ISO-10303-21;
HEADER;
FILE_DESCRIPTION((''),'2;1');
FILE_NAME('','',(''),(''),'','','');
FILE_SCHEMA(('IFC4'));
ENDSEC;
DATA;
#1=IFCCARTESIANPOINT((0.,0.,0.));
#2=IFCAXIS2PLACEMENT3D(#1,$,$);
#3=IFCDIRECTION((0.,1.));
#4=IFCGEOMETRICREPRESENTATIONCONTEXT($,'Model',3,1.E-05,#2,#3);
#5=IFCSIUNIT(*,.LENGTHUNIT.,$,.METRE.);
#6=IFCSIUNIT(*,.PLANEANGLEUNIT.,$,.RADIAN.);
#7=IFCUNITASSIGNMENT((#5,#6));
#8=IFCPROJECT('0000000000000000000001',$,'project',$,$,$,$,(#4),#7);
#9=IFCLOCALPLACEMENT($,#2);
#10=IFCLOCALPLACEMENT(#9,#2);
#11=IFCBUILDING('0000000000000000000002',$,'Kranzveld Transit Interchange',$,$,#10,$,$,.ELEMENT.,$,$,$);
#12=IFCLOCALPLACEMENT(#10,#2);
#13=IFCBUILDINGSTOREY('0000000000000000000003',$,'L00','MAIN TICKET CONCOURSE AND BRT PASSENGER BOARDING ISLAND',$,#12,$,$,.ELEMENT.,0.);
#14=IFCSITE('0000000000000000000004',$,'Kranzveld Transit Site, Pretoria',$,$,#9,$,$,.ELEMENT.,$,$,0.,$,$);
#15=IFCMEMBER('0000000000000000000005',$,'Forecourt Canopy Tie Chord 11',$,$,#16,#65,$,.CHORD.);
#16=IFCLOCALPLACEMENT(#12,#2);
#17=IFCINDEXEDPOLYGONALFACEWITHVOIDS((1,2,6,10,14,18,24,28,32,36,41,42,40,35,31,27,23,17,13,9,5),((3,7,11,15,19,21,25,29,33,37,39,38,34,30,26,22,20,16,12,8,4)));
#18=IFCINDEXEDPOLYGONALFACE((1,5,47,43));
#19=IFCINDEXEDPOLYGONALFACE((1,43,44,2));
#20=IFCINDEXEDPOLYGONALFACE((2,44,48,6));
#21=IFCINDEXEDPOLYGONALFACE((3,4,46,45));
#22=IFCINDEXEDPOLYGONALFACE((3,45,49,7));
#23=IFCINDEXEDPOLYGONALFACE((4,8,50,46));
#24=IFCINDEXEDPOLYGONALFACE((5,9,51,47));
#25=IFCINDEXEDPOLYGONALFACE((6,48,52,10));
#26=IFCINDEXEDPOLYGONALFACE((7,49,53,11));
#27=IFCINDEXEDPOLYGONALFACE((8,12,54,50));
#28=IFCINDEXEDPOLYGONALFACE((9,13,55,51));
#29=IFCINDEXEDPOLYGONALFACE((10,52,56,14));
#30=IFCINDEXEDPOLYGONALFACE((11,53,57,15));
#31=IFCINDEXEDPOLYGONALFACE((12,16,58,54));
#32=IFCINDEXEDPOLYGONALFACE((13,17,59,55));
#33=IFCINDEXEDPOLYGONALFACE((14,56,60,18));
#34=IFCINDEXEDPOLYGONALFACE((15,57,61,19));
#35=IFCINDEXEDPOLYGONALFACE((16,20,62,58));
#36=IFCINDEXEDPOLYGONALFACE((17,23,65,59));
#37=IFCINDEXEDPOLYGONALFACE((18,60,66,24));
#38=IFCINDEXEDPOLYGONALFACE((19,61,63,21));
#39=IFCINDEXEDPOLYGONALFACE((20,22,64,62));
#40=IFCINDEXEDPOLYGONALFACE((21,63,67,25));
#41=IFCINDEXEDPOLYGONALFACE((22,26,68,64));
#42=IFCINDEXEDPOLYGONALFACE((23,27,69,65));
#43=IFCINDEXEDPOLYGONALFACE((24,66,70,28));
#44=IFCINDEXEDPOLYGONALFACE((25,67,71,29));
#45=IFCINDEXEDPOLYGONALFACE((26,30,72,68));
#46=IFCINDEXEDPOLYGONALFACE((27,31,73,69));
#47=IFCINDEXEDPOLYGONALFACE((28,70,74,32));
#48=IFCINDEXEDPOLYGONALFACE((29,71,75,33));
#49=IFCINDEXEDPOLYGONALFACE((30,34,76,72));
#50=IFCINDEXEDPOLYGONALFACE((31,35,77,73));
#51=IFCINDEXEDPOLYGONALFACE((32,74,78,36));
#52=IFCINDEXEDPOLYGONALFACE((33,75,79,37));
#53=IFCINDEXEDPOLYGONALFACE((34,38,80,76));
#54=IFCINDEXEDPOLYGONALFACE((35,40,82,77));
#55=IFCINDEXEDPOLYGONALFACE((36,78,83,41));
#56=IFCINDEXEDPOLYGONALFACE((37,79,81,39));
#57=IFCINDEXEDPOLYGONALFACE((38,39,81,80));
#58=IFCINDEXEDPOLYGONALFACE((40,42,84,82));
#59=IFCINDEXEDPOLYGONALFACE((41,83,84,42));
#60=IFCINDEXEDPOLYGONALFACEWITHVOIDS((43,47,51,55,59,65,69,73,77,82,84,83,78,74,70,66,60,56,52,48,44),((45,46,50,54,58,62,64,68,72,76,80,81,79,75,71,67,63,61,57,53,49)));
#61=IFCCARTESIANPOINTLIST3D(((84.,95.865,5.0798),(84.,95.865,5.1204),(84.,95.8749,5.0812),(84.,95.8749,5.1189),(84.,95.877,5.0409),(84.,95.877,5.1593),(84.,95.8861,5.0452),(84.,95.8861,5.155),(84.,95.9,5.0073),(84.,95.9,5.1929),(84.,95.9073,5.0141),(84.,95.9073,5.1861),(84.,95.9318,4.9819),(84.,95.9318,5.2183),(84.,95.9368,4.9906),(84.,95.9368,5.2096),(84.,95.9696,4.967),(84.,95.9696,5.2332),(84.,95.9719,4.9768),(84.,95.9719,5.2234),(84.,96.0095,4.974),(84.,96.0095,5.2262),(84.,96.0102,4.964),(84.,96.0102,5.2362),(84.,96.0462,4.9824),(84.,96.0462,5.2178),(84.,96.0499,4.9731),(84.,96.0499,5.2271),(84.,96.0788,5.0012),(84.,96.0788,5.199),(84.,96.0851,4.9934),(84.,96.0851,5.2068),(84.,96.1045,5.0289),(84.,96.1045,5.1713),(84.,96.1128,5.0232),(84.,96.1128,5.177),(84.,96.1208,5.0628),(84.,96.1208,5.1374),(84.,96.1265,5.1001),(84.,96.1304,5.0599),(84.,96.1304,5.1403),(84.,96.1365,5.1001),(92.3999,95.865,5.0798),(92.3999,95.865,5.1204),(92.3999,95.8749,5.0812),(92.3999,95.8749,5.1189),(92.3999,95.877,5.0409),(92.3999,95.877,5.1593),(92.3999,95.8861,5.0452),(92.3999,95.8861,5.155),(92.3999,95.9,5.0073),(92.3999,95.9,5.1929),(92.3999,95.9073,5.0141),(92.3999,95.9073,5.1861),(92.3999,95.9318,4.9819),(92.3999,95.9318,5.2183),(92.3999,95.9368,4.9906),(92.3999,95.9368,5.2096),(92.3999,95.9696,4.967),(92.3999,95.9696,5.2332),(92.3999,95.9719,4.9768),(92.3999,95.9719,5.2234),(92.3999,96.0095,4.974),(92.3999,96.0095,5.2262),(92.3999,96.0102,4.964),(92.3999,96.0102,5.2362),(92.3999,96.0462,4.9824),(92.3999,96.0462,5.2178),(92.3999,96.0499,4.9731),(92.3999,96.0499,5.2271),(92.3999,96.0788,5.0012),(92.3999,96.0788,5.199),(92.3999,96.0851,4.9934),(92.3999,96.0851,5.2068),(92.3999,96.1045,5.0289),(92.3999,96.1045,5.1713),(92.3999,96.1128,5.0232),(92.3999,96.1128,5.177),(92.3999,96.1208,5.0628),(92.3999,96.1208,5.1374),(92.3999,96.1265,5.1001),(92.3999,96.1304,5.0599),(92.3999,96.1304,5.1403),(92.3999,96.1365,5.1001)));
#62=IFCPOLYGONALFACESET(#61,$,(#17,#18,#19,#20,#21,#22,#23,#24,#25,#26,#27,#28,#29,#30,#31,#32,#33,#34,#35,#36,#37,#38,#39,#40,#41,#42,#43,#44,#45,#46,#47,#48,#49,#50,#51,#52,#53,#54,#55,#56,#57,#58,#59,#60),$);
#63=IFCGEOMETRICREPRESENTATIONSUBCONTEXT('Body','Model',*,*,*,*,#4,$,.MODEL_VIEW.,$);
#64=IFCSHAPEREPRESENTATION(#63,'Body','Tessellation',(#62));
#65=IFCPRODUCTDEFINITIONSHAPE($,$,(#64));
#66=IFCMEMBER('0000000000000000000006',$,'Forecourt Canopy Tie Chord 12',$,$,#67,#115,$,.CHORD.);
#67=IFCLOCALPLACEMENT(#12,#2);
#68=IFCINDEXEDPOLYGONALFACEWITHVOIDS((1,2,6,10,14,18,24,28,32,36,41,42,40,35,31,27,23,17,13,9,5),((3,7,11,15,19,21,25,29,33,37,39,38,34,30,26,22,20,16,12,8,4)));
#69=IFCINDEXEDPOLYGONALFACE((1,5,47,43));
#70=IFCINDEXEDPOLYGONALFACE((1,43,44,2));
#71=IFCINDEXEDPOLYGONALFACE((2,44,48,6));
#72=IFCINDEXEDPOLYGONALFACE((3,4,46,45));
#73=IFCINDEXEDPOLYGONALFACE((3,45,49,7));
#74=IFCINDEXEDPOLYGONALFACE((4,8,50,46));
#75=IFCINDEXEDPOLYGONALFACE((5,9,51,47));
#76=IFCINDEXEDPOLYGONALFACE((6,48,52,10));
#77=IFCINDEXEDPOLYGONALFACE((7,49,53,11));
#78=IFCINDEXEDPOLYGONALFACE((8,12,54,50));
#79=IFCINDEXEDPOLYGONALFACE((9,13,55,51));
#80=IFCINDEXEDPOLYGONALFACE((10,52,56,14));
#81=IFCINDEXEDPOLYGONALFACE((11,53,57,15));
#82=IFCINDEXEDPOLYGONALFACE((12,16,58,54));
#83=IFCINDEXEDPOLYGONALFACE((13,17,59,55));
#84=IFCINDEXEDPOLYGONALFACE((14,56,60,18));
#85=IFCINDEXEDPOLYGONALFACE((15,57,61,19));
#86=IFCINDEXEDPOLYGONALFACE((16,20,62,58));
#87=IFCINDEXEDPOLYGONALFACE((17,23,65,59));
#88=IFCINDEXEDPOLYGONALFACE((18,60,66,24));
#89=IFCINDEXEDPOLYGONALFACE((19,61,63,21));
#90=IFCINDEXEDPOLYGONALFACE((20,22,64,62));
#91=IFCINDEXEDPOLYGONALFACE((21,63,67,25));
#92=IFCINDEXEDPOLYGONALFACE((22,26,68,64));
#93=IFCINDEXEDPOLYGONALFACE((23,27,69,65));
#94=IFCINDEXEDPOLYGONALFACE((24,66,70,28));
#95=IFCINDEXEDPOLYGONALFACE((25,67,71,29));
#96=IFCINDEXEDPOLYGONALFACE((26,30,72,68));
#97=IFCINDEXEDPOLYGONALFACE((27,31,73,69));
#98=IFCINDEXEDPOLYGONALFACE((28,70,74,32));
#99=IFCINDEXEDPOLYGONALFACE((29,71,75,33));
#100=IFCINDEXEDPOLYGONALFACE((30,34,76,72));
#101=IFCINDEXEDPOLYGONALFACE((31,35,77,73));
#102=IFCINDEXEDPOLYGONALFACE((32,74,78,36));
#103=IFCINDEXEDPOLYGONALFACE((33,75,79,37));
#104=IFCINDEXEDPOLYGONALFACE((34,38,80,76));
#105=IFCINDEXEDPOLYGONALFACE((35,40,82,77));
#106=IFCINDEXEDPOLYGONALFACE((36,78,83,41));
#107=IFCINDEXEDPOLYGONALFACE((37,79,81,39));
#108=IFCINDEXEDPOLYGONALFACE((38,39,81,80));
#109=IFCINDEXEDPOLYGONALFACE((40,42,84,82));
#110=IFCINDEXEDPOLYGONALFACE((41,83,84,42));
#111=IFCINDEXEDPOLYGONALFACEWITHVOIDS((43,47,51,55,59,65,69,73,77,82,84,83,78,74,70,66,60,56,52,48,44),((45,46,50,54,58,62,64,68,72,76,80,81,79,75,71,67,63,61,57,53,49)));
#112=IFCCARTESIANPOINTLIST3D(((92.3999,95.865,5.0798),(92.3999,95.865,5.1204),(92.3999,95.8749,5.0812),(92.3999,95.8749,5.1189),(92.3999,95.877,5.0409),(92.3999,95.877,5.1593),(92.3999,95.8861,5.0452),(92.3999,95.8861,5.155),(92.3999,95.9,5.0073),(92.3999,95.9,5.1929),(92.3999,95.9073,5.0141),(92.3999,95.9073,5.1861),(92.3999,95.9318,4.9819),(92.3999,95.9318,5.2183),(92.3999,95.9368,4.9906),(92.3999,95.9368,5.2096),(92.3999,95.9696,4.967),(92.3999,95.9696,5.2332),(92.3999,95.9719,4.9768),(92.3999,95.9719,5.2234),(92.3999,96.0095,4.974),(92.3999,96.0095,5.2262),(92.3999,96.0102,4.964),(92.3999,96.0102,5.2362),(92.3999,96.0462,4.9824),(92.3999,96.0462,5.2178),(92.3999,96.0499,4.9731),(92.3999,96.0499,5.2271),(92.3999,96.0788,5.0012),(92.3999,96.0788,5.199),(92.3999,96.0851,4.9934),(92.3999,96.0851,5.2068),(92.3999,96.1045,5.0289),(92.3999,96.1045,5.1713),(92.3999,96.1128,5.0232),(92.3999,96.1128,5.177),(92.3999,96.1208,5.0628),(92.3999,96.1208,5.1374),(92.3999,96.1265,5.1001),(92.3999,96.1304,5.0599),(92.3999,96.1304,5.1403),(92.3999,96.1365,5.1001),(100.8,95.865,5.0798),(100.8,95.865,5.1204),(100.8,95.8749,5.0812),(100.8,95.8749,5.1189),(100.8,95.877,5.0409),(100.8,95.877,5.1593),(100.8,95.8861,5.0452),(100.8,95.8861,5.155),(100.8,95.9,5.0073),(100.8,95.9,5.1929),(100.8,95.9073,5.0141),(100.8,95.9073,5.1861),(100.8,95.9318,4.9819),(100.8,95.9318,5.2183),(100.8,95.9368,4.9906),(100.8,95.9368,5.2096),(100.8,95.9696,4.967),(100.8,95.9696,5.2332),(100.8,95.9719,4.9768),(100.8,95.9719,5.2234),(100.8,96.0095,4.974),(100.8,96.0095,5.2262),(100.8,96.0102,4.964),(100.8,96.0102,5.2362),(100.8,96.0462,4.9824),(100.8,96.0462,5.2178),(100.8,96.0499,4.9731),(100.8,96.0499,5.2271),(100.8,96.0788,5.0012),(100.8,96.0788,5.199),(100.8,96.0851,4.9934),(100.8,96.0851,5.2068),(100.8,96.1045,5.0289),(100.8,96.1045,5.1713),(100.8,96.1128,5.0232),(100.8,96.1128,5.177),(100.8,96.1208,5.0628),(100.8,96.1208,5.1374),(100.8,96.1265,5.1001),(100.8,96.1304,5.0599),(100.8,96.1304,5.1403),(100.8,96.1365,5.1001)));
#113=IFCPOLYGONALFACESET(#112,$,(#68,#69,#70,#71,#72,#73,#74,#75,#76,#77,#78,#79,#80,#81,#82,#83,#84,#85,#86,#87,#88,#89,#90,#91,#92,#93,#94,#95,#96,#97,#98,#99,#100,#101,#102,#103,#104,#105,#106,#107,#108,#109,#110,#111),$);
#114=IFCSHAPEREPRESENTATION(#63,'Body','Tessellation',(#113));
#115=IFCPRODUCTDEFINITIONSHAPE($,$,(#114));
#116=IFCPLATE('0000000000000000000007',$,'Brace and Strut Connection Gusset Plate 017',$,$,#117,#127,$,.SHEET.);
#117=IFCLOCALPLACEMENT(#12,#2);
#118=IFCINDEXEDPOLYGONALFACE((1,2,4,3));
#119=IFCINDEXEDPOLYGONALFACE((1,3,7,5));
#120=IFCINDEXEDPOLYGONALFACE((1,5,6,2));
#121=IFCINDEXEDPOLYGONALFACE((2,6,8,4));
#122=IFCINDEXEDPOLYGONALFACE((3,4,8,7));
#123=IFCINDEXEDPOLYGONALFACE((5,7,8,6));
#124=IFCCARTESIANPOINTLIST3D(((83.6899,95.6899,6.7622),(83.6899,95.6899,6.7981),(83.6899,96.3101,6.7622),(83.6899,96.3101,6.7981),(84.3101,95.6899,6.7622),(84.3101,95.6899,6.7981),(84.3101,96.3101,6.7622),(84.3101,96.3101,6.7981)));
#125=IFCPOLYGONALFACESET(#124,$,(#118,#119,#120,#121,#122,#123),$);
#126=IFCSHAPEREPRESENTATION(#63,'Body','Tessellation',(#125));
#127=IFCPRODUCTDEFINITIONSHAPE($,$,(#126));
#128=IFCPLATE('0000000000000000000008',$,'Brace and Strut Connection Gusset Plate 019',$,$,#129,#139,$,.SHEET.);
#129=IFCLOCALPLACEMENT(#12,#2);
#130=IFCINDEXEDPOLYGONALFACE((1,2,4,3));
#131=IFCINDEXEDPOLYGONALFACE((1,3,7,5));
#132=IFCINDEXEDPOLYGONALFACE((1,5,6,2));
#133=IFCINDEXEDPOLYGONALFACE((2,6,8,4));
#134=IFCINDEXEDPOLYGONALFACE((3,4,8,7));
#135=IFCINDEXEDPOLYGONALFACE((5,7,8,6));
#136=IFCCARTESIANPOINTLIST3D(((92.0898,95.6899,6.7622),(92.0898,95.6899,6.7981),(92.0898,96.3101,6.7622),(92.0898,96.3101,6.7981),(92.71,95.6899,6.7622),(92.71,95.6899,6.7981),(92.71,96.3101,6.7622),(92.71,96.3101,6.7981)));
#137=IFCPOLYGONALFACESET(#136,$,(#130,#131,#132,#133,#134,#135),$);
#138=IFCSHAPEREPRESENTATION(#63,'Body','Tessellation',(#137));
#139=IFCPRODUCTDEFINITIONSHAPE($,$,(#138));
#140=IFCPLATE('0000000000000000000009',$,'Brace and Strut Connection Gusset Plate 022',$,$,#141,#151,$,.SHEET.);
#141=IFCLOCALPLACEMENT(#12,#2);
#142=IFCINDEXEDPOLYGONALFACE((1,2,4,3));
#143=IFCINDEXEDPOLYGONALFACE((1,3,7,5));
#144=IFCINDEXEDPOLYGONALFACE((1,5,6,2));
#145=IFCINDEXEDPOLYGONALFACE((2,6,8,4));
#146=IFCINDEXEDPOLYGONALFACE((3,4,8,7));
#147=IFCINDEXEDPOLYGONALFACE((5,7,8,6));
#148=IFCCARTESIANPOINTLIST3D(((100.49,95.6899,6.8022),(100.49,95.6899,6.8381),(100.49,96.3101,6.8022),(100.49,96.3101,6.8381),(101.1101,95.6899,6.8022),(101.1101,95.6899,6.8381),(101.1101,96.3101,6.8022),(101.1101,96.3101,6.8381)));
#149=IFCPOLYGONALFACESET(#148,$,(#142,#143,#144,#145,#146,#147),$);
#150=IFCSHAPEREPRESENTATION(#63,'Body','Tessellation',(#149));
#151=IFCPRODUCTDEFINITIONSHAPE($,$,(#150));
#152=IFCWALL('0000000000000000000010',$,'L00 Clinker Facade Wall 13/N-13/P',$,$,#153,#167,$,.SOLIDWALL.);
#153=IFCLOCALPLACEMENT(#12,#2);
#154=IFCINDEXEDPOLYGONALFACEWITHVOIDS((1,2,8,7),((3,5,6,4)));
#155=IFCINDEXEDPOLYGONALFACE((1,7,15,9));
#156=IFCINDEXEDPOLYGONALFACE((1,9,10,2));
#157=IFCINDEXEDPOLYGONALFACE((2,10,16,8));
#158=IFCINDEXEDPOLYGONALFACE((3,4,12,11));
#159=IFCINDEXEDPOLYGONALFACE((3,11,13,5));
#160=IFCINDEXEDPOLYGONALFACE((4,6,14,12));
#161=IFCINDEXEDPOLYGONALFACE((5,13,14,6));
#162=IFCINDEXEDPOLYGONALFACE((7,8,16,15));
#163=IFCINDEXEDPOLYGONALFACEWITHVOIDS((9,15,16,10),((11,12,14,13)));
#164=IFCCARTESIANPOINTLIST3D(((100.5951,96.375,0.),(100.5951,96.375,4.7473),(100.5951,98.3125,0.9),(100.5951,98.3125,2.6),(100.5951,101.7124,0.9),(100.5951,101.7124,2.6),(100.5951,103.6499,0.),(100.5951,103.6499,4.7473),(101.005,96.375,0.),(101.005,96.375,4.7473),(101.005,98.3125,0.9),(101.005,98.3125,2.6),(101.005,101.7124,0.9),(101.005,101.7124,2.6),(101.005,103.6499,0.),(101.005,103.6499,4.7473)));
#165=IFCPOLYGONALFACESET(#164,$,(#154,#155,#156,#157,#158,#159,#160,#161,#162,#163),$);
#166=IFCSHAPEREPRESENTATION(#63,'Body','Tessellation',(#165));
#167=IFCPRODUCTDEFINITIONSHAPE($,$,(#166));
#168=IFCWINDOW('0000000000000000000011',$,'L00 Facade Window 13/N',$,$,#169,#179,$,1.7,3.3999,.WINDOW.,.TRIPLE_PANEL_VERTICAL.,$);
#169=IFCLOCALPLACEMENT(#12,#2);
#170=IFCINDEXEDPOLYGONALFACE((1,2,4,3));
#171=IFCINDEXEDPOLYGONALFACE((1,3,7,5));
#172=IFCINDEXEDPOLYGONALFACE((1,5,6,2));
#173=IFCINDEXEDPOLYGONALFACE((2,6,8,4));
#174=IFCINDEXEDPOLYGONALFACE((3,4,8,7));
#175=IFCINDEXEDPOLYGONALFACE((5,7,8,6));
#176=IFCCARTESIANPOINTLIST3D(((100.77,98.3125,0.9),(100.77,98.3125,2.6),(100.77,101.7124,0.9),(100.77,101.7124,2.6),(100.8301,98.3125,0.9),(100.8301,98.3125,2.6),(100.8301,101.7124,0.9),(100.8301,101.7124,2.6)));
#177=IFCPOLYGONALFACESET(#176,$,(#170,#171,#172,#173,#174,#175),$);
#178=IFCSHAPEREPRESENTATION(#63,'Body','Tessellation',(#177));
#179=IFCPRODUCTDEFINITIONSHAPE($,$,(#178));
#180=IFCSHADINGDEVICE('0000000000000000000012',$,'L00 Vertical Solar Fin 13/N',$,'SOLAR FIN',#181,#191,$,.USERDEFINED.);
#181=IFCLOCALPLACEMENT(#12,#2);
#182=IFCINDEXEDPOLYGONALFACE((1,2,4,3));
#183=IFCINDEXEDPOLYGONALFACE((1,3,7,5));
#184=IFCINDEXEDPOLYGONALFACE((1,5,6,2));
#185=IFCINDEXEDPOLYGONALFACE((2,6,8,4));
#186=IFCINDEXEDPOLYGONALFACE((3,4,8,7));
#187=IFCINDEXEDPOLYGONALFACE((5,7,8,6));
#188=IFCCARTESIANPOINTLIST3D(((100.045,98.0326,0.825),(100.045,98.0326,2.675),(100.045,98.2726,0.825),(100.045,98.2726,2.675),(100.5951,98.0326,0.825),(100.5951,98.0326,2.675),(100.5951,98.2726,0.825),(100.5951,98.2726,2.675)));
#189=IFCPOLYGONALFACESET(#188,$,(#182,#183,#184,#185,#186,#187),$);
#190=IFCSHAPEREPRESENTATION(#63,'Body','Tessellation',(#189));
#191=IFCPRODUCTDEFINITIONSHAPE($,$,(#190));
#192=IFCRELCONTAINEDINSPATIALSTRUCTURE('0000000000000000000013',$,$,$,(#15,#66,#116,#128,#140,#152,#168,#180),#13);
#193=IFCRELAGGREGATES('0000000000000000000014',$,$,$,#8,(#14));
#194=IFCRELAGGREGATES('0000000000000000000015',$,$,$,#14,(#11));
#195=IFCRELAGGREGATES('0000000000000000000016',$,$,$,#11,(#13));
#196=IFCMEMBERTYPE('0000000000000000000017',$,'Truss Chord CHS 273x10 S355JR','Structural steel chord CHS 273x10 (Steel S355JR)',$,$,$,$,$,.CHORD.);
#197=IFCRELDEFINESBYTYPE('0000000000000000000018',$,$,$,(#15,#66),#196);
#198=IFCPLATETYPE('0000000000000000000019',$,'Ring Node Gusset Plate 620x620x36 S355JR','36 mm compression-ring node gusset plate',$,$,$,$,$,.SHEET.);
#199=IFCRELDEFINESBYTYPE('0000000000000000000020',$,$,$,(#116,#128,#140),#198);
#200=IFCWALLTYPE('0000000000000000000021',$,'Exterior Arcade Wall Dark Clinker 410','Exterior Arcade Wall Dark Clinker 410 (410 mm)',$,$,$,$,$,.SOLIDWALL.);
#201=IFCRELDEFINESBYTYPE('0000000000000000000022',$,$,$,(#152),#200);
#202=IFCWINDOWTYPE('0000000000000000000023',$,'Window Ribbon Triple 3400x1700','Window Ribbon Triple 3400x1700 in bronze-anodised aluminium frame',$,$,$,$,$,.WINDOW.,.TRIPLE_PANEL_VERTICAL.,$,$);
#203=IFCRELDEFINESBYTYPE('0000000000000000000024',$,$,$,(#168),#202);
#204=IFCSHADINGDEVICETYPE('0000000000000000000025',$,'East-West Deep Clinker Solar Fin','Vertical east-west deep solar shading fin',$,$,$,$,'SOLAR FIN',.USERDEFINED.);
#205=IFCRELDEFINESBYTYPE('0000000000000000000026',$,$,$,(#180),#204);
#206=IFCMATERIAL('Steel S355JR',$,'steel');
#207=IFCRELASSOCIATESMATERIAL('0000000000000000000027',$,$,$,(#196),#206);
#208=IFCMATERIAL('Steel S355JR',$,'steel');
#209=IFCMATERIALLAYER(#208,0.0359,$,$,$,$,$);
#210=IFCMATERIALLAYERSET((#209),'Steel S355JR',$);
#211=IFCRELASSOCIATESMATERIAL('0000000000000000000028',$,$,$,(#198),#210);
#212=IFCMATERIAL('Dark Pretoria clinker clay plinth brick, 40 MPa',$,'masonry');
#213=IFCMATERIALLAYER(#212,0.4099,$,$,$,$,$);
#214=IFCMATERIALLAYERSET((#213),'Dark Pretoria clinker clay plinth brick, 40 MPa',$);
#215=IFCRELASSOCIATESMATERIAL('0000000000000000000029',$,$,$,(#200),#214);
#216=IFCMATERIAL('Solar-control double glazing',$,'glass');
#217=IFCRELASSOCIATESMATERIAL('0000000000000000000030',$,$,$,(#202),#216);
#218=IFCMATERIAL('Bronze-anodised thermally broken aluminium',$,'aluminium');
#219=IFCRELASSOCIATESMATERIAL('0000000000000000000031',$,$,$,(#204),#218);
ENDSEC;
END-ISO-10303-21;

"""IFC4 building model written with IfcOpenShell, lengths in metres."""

from ifc_helpers import new_model, si_unit, direction, frame, frame_2d, origin, origin_2d, place, context, subcontext, project, spatial, rectangle, hollow_circle, extrude, material, layer, layer_set, material_profile, profile_set, type_object, element, fill, save


model = new_model("IFC4")

# Units and contexts
model_context = context("Model", 3, precision=1e-05, world=origin(), true_north=direction((0.0, 1.0)))
body_context = subcontext(model_context, "Body", "Model", "MODEL_VIEW")
ifc_project = project(units=[si_unit("LENGTHUNIT", "METRE"), si_unit("PLANEANGLEUNIT", "RADIAN")], contexts=[model_context])

# Site, building, storey
site_placement = place(None, origin())
site = spatial("IfcSite", under=ifc_project, at=site_placement, Name="Kranzveld Transit Site, Pretoria", CompositionType="ELEMENT", RefElevation=0.0)
building_placement = place(site_placement, origin())
building = spatial("IfcBuilding", under=site, at=building_placement, Name="Kranzveld Transit Interchange", CompositionType="ELEMENT")
storey_placement = place(building_placement, origin())
storey = spatial("IfcBuildingStorey", under=building, at=storey_placement, Name="L00", Description="MAIN TICKET CONCOURSE AND BRT PASSENGER BOARDING ISLAND", CompositionType="ELEMENT", Elevation=0.0)

# Members
ifc_material_1 = material(Name="Steel S355JR", Category="steel")
ifc_material_profile_1 = material_profile(ifc_material_1, hollow_circle(Radius=0.1365, WallThickness=0.01, at=origin_2d()), Name="CHS 273x10")
ifc_profile_set_1 = profile_set([ifc_material_profile_1], Name="Steel S355JR")
member_type = type_object("IfcMemberType", Name="Truss Chord CHS 273x10 S355JR", Description="Structural steel chord CHS 273x10 (Steel S355JR)", PredefinedType="CHORD", material=ifc_profile_set_1)
member_1_placement = place(storey_placement, frame((84.0, 96.0, 5.1001), z_axis=(1.0, 0.0, 0.0), x_axis=(0.0, 1.0, 0.0)))
element("IfcMember", 1, at=member_1_placement, inside=storey, type_object=member_type, Name="Forecourt Canopy Tie Chord 11", PredefinedType="CHORD", context=body_context, shape_type="SweptSolid", body=[
    extrude(hollow_circle(Radius=0.1365, WallThickness=0.01, at=origin_2d()), origin(), (0.0, 0.0, 1.0), 8.3999),
])
member_2_placement = place(storey_placement, frame((92.3999, 96.0, 5.1001), z_axis=(1.0, 0.0, 0.0), x_axis=(0.0, 1.0, 0.0)))
element("IfcMember", 2, at=member_2_placement, inside=storey, type_object=member_type, Name="Forecourt Canopy Tie Chord 12", PredefinedType="CHORD", context=body_context, shape_type="SweptSolid", body=[
    extrude(hollow_circle(Radius=0.1365, WallThickness=0.01, at=origin_2d()), origin(), (0.0, 0.0, 1.0), 8.4001),
])

# Plates
ifc_material_2 = material(Name="Steel S355JR", Category="steel")
ifc_layer_1 = layer(ifc_material_2, 0.0359)
ifc_layer_set_1 = layer_set([ifc_layer_1], Name="Steel S355JR")
plate_type = type_object("IfcPlateType", Name="Ring Node Gusset Plate 620x620x36 S355JR", Description="36 mm compression-ring node gusset plate", PredefinedType="SHEET", material=ifc_layer_set_1)
for number, where, z_axis, x_axis, name in (
    (3, (84.0, 96.0, 6.7622), (0.0, 0.0, 1.0), (1.0, 0.0, 0.0), "Brace and Strut Connection Gusset Plate 017"),
    (4, (92.3999, 96.0, 6.7622), (0.0, 0.0, 1.0), (1.0, 0.0, 0.0), "Brace and Strut Connection Gusset Plate 019"),
    (5, (100.8, 96.0, 6.8022), (0.0, 0.0, 1.0), (1.0, 0.0, 0.0), "Brace and Strut Connection Gusset Plate 022"),
):
    element("IfcPlate", number, at=place(storey_placement, frame(where, z_axis=z_axis, x_axis=x_axis)), inside=storey, type_object=plate_type, Name=name, PredefinedType="SHEET", context=body_context, shape_type="SweptSolid", body=[
        extrude(rectangle(XDim=0.6201, YDim=0.6201, at=origin_2d()), origin(), (0.0, 0.0, 1.0), 0.0359),
    ])

# Wall, opening, window
ifc_material_3 = material(Name="Dark Pretoria clinker clay plinth brick, 40 MPa", Category="masonry")
ifc_layer_2 = layer(ifc_material_3, 0.4099)
ifc_layer_set_2 = layer_set([ifc_layer_2], Name="Dark Pretoria clinker clay plinth brick, 40 MPa")
wall_type = type_object("IfcWallType", Name="Exterior Arcade Wall Dark Clinker 410", Description="Exterior Arcade Wall Dark Clinker 410 (410 mm)", PredefinedType="SOLIDWALL", material=ifc_layer_set_2)
wall_placement = place(storey_placement, frame((100.8, 96.375, 0.0), z_axis=(0.0, 0.0, 1.0), x_axis=(0.0, 1.0, 0.0)))
wall = element("IfcWall", 6, at=wall_placement, inside=storey, type_object=wall_type, Name="L00 Clinker Facade Wall 13/N-13/P", PredefinedType="SOLIDWALL", context=body_context, shape_type="SweptSolid", body=[
    extrude(rectangle(XDim=7.2749, YDim=0.4099, at=frame_2d((3.6375, 0.0))), origin(), (0.0, 0.0, 1.0), 4.7473),
])
opening_placement = place(wall_placement, frame((1.9375, 0.0, 0.8999), z_axis=(0.0, 0.0, 1.0), x_axis=(1.0, 0.0, 0.0)))
opening = element("IfcOpeningElement", 7, at=opening_placement, cuts=wall, PredefinedType="OPENING", context=body_context, shape_type="SweptSolid", body=[
    extrude(rectangle(XDim=3.3999, YDim=1.7, at=frame_2d((1.7, 0.8501))), frame((0.0, 0.2148, 0.0), z_axis=(0.0, -1.0, 0.0), x_axis=(1.0, 0.0, 0.0)), (0.0, 0.0, 1.0), 0.4299),
])
ifc_material_4 = material(Name="Solar-control double glazing", Category="glass")
window_type = type_object("IfcWindowType", Name="Window Ribbon Triple 3400x1700", Description="Window Ribbon Triple 3400x1700 in bronze-anodised aluminium frame", PartitioningType="TRIPLE_PANEL_VERTICAL", PredefinedType="WINDOW", material=ifc_material_4)
window_placement = place(opening_placement, origin())
window = element("IfcWindow", 8, at=window_placement, inside=storey, type_object=window_type, Name="L00 Facade Window 13/N", OverallHeight=1.7, OverallWidth=3.3999, PartitioningType="TRIPLE_PANEL_VERTICAL", PredefinedType="WINDOW", context=body_context, shape_type="SweptSolid", body=[
    extrude(rectangle(XDim=3.3999, YDim=1.7, at=frame_2d((1.7, 0.8501))), frame((0.0, 0.03, 0.0), z_axis=(0.0, -1.0, 0.0), x_axis=(1.0, 0.0, 0.0)), (0.0, 0.0, 1.0), 0.0601),
])
fill(opening, window)

# Shading device
ifc_material_5 = material(Name="Bronze-anodised thermally broken aluminium", Category="aluminium")
shading_device_type = type_object("IfcShadingDeviceType", Name="East-West Deep Clinker Solar Fin", Description="Vertical east-west deep solar shading fin", ElementType="SOLAR FIN", PredefinedType="USERDEFINED", material=ifc_material_5)
shading_device_1_placement = place(storey_placement, frame((100.3201, 98.1526, 0.825), z_axis=(0.0, 0.0, 1.0), x_axis=(0.0, 1.0, 0.0)))
element("IfcShadingDevice", 9, at=shading_device_1_placement, inside=storey, type_object=shading_device_type, Name="L00 Vertical Solar Fin 13/N", ObjectType="SOLAR FIN", PredefinedType="USERDEFINED", context=body_context, shape_type="SweptSolid", body=[
    extrude(rectangle(XDim=0.24, YDim=0.55, at=origin_2d()), origin(), (0.0, 0.0, 1.0), 1.8501),
])

save(model, "model.ifc")
